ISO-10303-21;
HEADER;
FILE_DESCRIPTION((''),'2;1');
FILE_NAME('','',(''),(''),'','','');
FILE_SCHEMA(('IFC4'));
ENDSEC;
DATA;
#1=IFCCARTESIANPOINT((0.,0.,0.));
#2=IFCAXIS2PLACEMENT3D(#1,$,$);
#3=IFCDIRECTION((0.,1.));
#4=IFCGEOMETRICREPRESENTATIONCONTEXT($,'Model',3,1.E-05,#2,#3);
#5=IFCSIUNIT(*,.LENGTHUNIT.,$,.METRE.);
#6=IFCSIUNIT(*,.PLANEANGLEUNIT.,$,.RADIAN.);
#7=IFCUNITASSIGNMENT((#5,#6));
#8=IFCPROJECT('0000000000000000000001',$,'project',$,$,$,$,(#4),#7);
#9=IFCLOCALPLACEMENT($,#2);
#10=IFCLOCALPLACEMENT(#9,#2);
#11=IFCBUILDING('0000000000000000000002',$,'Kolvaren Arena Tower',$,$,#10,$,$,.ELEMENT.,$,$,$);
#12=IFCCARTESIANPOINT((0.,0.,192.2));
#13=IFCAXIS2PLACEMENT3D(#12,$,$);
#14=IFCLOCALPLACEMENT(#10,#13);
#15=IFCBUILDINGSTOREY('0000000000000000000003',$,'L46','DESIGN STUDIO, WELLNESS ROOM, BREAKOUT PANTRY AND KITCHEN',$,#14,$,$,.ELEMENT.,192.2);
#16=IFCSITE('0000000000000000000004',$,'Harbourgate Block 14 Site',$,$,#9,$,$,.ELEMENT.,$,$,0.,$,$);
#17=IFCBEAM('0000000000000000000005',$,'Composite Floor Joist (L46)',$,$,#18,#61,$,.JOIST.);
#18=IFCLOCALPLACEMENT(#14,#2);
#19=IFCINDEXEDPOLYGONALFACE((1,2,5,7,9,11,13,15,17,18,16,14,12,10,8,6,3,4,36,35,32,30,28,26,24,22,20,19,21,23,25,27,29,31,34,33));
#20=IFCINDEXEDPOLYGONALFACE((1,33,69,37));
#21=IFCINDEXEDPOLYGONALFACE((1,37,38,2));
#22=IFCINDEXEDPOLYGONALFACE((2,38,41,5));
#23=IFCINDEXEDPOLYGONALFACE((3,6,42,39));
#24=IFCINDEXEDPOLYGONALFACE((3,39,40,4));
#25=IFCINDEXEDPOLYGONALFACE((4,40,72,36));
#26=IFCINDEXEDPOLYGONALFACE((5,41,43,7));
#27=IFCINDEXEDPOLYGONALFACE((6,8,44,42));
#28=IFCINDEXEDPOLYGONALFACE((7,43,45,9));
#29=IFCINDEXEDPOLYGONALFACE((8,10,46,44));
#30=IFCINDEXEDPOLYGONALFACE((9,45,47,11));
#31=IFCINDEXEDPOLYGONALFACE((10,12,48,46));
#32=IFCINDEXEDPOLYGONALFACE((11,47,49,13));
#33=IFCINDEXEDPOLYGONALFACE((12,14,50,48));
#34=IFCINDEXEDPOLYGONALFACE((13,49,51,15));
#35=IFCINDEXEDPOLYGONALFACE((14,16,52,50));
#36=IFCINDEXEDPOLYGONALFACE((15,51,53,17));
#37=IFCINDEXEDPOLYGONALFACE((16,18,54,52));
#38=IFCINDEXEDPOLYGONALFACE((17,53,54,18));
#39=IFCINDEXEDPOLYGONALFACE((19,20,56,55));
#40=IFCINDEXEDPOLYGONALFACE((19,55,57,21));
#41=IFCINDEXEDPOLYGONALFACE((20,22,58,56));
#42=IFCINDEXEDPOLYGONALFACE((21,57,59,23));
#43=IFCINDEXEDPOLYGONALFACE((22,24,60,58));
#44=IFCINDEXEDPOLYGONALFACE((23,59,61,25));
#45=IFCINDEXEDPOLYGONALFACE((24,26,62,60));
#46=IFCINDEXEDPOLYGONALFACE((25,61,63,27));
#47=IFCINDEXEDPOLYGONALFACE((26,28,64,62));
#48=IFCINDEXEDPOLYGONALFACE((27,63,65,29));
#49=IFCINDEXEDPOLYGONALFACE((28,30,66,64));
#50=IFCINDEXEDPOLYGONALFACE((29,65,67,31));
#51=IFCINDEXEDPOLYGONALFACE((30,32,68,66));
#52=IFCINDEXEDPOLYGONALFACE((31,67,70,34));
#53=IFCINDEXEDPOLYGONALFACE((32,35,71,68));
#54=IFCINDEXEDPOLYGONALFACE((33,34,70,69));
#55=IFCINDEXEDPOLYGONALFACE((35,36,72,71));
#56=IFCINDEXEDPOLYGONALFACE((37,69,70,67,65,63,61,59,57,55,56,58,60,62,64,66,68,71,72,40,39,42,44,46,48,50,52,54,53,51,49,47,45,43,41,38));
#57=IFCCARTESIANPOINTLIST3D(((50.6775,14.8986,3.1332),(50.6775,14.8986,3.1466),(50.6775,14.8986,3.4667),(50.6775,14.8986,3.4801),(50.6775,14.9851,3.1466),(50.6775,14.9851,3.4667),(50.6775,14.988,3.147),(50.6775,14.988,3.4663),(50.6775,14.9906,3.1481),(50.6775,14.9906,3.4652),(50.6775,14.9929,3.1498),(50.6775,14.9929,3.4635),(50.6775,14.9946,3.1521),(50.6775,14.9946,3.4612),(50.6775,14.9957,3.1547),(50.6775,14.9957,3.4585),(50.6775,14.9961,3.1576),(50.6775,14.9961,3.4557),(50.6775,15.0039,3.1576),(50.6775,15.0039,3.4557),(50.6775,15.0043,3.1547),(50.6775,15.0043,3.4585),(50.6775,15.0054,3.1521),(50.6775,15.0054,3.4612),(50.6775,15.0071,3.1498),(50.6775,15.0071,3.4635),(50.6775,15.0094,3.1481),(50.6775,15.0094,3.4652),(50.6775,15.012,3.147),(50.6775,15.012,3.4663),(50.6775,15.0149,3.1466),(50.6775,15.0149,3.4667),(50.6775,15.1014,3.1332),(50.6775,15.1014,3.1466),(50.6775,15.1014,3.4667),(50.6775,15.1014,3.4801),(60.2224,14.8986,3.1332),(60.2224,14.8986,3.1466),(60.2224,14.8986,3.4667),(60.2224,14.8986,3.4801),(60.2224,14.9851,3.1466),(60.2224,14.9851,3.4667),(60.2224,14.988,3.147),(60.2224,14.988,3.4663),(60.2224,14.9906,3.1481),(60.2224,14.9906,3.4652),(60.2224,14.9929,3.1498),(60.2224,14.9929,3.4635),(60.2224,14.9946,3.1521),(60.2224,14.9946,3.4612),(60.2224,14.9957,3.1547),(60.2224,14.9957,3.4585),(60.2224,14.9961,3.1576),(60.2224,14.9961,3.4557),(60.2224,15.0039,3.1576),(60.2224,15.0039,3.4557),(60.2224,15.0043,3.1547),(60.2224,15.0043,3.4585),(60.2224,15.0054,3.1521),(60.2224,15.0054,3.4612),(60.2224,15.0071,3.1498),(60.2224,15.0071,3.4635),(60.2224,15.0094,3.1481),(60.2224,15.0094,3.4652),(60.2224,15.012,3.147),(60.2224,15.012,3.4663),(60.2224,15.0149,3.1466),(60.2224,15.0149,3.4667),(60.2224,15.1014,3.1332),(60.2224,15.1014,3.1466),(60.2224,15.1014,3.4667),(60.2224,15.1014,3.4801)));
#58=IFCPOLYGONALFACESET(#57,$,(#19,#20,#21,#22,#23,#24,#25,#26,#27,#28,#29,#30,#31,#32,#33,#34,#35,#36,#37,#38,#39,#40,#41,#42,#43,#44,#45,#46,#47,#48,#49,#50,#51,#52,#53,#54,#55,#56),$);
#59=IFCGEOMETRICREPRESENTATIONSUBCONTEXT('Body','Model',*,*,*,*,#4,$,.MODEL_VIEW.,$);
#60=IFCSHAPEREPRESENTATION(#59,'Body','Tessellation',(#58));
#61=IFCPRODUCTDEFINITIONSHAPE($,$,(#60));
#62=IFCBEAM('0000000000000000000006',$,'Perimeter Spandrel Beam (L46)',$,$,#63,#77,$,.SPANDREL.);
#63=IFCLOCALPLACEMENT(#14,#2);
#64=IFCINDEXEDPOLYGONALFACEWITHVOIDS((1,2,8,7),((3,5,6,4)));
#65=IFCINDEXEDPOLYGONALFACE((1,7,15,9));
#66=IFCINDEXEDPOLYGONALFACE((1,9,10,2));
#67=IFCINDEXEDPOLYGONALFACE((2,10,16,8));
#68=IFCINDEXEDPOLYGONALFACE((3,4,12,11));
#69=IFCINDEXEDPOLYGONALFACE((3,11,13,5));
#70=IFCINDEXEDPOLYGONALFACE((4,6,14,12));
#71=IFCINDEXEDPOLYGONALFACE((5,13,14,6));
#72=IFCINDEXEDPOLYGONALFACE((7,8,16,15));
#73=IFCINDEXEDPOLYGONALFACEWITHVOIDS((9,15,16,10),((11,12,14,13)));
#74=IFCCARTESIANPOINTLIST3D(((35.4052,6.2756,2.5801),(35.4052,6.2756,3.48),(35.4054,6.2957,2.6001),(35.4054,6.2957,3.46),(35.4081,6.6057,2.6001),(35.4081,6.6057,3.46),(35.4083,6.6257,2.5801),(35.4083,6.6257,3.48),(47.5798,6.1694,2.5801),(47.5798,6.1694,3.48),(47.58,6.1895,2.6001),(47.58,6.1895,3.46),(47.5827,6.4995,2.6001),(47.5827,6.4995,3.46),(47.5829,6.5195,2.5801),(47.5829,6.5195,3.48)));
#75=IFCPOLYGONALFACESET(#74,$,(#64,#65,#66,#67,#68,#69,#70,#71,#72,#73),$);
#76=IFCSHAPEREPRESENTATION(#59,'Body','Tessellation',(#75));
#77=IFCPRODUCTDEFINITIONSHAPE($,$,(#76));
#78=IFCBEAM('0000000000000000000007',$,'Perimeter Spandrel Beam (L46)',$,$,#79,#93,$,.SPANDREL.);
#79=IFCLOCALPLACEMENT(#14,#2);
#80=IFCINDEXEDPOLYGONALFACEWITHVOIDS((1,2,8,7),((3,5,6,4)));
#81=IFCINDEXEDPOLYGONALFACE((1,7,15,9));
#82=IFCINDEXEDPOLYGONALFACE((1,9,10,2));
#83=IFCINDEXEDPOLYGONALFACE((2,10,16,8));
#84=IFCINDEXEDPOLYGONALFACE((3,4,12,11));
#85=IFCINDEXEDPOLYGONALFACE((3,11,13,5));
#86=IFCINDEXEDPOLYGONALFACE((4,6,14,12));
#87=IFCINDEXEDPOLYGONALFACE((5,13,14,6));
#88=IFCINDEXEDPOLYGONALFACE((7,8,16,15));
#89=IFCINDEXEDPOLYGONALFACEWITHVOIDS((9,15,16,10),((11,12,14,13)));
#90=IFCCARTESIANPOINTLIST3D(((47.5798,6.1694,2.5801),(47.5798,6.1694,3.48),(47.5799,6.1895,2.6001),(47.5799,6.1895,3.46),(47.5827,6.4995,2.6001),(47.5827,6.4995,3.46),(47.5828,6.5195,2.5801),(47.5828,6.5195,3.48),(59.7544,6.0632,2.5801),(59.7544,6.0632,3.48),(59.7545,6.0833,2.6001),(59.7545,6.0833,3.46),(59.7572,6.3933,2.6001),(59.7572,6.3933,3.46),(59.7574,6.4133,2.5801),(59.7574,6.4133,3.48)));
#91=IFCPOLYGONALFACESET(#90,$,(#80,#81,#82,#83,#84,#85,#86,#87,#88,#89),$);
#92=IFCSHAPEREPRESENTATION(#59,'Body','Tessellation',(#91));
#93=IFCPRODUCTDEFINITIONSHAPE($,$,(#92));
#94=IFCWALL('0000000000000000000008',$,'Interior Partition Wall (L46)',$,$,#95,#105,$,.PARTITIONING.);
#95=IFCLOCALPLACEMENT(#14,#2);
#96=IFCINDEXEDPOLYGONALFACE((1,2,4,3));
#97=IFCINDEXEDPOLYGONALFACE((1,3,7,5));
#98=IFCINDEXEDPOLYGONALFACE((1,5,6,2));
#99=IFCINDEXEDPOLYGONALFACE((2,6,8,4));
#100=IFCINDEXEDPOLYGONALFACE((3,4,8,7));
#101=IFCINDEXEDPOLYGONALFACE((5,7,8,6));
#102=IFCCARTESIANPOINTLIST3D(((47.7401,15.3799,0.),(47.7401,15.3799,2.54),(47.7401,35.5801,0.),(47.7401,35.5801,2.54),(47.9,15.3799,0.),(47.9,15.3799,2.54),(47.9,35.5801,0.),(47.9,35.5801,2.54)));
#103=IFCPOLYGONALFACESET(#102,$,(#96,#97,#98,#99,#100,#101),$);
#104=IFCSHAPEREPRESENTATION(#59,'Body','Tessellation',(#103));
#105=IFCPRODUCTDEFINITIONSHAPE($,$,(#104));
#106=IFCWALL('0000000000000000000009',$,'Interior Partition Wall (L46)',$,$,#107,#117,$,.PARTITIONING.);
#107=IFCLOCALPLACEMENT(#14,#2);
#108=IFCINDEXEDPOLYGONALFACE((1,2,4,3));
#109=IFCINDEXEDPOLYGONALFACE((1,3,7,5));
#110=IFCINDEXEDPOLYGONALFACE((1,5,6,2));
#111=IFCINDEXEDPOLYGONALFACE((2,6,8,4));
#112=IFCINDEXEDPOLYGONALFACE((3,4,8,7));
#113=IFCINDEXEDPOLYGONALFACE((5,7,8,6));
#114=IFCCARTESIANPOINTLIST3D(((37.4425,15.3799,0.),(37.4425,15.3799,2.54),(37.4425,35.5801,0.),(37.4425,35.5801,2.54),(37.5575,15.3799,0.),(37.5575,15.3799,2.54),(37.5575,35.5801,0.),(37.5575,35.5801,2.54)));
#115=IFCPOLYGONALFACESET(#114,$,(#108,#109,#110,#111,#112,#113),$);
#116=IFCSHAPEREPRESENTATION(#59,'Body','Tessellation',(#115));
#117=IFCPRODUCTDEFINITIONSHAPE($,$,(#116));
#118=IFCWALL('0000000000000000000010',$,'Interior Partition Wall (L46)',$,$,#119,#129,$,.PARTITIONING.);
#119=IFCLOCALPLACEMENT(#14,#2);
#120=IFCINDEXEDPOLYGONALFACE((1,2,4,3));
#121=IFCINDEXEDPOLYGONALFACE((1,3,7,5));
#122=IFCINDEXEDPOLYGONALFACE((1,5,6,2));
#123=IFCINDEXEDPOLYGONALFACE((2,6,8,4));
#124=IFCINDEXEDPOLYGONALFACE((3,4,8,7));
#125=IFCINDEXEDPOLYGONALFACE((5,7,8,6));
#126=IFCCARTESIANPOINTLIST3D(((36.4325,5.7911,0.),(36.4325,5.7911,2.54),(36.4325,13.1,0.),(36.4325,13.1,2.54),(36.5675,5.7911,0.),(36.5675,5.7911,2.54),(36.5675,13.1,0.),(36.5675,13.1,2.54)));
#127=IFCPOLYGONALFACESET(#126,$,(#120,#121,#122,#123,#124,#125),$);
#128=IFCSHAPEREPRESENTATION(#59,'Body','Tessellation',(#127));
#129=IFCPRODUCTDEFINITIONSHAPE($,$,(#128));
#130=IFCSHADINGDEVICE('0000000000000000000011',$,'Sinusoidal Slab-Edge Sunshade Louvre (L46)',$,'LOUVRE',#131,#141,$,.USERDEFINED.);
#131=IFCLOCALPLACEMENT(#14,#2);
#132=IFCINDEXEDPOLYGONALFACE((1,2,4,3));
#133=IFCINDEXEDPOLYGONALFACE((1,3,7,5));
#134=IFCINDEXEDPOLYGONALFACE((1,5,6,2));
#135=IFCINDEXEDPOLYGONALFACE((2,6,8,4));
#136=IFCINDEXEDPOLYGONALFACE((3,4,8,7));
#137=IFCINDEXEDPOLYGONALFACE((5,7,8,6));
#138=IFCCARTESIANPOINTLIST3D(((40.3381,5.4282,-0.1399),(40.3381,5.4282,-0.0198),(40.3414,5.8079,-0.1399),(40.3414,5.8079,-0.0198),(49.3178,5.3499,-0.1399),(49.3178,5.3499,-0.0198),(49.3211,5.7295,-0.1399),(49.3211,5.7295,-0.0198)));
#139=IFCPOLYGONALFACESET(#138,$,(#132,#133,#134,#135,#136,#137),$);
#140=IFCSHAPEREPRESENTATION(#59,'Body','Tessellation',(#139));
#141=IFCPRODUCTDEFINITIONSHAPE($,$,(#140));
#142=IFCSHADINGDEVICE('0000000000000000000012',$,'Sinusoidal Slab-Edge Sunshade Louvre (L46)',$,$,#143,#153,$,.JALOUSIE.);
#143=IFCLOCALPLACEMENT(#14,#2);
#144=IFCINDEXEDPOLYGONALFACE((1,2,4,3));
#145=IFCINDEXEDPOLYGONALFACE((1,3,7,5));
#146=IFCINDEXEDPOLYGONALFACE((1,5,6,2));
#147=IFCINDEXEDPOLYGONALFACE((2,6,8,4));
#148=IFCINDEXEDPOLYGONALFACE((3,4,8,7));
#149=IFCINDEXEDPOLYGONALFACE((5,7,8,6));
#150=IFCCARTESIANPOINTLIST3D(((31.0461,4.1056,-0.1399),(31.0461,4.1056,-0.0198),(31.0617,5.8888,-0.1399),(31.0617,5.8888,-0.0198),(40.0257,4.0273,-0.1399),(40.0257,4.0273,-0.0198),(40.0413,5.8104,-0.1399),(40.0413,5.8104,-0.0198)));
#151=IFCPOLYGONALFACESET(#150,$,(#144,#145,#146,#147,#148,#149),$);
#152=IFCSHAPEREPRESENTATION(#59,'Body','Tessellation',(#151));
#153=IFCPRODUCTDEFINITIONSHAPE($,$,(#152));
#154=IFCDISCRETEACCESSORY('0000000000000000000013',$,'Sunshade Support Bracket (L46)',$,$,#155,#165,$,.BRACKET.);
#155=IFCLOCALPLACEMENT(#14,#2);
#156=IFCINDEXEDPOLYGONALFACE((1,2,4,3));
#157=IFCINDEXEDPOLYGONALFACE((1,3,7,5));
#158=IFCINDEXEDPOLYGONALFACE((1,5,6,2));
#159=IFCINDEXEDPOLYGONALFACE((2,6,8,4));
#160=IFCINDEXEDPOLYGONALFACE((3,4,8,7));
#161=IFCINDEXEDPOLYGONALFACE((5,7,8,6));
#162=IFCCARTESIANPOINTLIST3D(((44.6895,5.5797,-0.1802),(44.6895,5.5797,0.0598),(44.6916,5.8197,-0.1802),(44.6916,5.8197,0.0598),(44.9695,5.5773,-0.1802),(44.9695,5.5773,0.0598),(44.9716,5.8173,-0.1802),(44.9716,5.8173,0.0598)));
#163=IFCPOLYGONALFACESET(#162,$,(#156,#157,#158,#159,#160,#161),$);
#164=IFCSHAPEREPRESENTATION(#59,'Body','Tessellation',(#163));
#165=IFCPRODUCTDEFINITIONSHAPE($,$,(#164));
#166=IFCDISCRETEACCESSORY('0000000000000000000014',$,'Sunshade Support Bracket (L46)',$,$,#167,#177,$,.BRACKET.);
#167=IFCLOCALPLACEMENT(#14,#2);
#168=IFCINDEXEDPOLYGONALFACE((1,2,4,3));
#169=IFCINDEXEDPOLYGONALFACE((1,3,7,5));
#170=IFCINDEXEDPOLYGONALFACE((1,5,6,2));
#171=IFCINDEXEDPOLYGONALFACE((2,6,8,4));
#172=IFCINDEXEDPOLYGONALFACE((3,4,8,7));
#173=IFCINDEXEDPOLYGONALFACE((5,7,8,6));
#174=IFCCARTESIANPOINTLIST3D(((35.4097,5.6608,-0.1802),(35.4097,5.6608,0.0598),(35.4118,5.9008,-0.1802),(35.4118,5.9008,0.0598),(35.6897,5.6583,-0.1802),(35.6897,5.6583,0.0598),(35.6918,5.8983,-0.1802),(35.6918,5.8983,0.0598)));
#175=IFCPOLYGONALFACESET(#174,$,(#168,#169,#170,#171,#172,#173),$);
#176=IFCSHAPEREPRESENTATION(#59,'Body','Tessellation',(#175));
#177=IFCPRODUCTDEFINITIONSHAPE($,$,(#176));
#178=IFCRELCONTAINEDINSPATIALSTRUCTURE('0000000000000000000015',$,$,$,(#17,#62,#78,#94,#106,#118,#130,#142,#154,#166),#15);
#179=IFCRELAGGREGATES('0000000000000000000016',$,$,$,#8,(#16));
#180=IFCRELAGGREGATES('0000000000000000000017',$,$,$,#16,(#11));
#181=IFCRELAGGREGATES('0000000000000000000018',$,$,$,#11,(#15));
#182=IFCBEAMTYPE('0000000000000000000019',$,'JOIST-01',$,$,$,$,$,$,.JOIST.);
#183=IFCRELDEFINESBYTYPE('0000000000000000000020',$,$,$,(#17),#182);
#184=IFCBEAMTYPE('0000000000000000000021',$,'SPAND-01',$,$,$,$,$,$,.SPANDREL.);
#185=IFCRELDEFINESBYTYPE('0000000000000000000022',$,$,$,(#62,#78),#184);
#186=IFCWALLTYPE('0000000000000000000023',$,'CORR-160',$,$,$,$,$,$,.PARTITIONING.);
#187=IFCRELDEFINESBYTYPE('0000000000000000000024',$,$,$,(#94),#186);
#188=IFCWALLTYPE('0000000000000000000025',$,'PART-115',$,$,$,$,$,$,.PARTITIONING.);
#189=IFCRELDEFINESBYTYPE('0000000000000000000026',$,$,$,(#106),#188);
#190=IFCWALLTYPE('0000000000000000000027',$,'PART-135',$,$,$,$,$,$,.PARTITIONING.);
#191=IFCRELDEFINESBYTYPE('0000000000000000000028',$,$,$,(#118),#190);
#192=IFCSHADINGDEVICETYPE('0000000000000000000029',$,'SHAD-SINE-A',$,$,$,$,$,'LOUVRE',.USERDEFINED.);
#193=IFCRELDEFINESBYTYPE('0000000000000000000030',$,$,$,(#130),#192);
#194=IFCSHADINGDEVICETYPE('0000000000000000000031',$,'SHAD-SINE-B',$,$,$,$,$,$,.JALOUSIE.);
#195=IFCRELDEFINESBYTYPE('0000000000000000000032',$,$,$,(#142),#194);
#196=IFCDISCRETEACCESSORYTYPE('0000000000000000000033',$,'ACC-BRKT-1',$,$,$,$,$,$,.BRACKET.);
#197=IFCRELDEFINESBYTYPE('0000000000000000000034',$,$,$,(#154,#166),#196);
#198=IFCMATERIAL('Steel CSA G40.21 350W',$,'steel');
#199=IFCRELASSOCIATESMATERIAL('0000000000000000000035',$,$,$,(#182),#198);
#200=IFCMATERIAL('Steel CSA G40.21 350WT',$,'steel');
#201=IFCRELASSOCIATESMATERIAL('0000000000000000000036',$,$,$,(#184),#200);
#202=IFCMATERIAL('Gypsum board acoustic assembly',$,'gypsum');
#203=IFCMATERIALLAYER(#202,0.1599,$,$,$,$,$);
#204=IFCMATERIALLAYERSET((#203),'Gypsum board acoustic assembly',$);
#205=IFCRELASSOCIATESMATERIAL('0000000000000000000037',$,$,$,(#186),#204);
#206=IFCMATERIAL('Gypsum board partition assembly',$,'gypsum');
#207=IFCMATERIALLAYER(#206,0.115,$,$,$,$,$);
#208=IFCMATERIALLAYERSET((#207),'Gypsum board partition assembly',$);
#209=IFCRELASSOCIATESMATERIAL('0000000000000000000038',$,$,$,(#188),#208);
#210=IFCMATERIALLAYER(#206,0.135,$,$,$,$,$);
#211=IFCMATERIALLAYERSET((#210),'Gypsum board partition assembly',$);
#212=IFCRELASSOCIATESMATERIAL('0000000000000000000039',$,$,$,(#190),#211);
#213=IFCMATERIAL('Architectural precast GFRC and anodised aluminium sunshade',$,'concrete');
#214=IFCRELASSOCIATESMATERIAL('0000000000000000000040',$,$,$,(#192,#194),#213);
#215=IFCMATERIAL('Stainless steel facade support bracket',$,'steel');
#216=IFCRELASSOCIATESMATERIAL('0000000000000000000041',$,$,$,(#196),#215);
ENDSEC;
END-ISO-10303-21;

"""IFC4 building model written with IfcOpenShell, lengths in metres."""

from ifc_helpers import new_model, si_unit, direction, frame, frame_2d, origin, origin_2d, place, context, subcontext, project, spatial, rectangle, hollow_rectangle, i_section, extrude, material, layer, layer_set, material_profile, profile_set, type_object, element, save


model = new_model("IFC4")

# Units and contexts
model_context = context("Model", 3, precision=1e-05, world=origin(), true_north=direction((0.0, 1.0)))
body_context = subcontext(model_context, "Body", "Model", "MODEL_VIEW")
ifc_project = project(units=[si_unit("LENGTHUNIT", "METRE"), si_unit("PLANEANGLEUNIT", "RADIAN")], contexts=[model_context])

# Site, building, storey
site_placement = place(None, origin())
site = spatial("IfcSite", under=ifc_project, at=site_placement, Name="Harbourgate Block 14 Site", CompositionType="ELEMENT", RefElevation=0.0)
building_placement = place(site_placement, origin())
building = spatial("IfcBuilding", under=site, at=building_placement, Name="Kolvaren Arena Tower", CompositionType="ELEMENT")
storey_placement = place(building_placement, frame((0.0, 0.0, 192.2)))
storey = spatial("IfcBuildingStorey", under=building, at=storey_placement, Name="L46", Description="DESIGN STUDIO, WELLNESS ROOM, BREAKOUT PANTRY AND KITCHEN", CompositionType="ELEMENT", Elevation=192.2)

# Beams
ifc_material_1 = material(Name="Steel CSA G40.21 350W", Category="steel")
ifc_material_profile_1 = material_profile(ifc_material_1, i_section(OverallWidth=0.2029, OverallDepth=0.3469, WebThickness=0.0078, FlangeThickness=0.0134, FilletRadius=0.011, at=origin_2d()), Name="W360x64")
ifc_profile_set_1 = profile_set([ifc_material_profile_1], Name="Steel CSA G40.21 350W")
beam_type_1 = type_object("IfcBeamType", Name="JOIST-01", PredefinedType="JOIST", material=ifc_profile_set_1)
beam_1_placement = place(storey_placement, frame((50.6775, 15.0, 3.3066), z_axis=(1.0, 0.0, 0.0), x_axis=(0.0, 1.0, 0.0)))
element("IfcBeam", 1, at=beam_1_placement, inside=storey, type_object=beam_type_1, Name="Composite Floor Joist (L46)", PredefinedType="JOIST", context=body_context, shape_type="SweptSolid", body=[
    extrude(i_section(OverallWidth=0.2029, OverallDepth=0.3469, WebThickness=0.0078, FlangeThickness=0.0134, FilletRadius=0.011, at=origin_2d()), origin(), (0.0, 0.0, 1.0), 9.5449),
])
ifc_material_2 = material(Name="Steel CSA G40.21 350WT", Category="steel")
ifc_material_profile_2 = material_profile(ifc_material_2, hollow_rectangle(XDim=0.3501, YDim=0.8999, WallThickness=0.02, at=origin_2d()), Name="HSS 900x350x20")
ifc_profile_set_2 = profile_set([ifc_material_profile_2], Name="Steel CSA G40.21 350WT")
beam_type_2 = type_object("IfcBeamType", Name="SPAND-01", PredefinedType="SPANDREL", material=ifc_profile_set_2)
for number, where, z_axis, x_axis, name in (
    (2, (35.4067, 6.4507, 3.03), (0.999962, -0.008723, 0.0), (0.008723, 0.999962, 0.0), "Perimeter Spandrel Beam (L46)"),
    (3, (47.5813, 6.3445, 3.03), (0.999962, -0.008723, 0.0), (0.008723, 0.999962, 0.0), "Perimeter Spandrel Beam (L46)"),
):
    element("IfcBeam", number, at=place(storey_placement, frame(where, z_axis=z_axis, x_axis=x_axis)), inside=storey, type_object=beam_type_2, Name=name, PredefinedType="SPANDREL", context=body_context, shape_type="SweptSolid", body=[
        extrude(hollow_rectangle(XDim=0.3501, YDim=0.8999, WallThickness=0.02, at=origin_2d()), origin(), (0.0, 0.0, 1.0), 12.175),
    ])

# Walls
ifc_material_3 = material(Name="Gypsum board acoustic assembly", Category="gypsum")
ifc_layer_1 = layer(ifc_material_3, 0.1599)
ifc_layer_set_1 = layer_set([ifc_layer_1], Name="Gypsum board acoustic assembly")
wall_type_1 = type_object("IfcWallType", Name="CORR-160", PredefinedType="PARTITIONING", material=ifc_layer_set_1)
wall_1_placement = place(storey_placement, frame((47.8201, 15.3799, 0.0), z_axis=(0.0, 0.0, 1.0), x_axis=(0.0, 1.0, 0.0)))
element("IfcWall", 4, at=wall_1_placement, inside=storey, type_object=wall_type_1, Name="Interior Partition Wall (L46)", PredefinedType="PARTITIONING", context=body_context, shape_type="SweptSolid", body=[
    extrude(rectangle(XDim=20.2002, YDim=0.1599, at=frame_2d((10.1001, 0.0))), origin(), (0.0, 0.0, 1.0), 2.54),
])
ifc_material_4 = material(Name="Gypsum board partition assembly", Category="gypsum")
ifc_layer_2 = layer(ifc_material_4, 0.115)
ifc_layer_set_2 = layer_set([ifc_layer_2], Name="Gypsum board partition assembly")
wall_type_2 = type_object("IfcWallType", Name="PART-115", PredefinedType="PARTITIONING", material=ifc_layer_set_2)
wall_2_placement = place(storey_placement, frame((37.5, 15.3799, 0.0), z_axis=(0.0, 0.0, 1.0), x_axis=(0.0, 1.0, 0.0)))
element("IfcWall", 5, at=wall_2_placement, inside=storey, type_object=wall_type_2, Name="Interior Partition Wall (L46)", PredefinedType="PARTITIONING", context=body_context, shape_type="SweptSolid", body=[
    extrude(rectangle(XDim=20.2002, YDim=0.115, at=frame_2d((10.1001, 0.0))), origin(), (0.0, 0.0, 1.0), 2.54),
])
ifc_layer_3 = layer(ifc_material_4, 0.135)
ifc_layer_set_3 = layer_set([ifc_layer_3], Name="Gypsum board partition assembly")
wall_type_3 = type_object("IfcWallType", Name="PART-135", PredefinedType="PARTITIONING", material=ifc_layer_set_3)
wall_3_placement = place(storey_placement, frame((36.5, 5.7913, 0.0), z_axis=(0.0, 0.0, 1.0), x_axis=(0.0, 1.0, 0.0)))
element("IfcWall", 6, at=wall_3_placement, inside=storey, type_object=wall_type_3, Name="Interior Partition Wall (L46)", PredefinedType="PARTITIONING", context=body_context, shape_type="SweptSolid", body=[
    extrude(rectangle(XDim=7.3088, YDim=0.135, at=frame_2d((3.6543, 0.0))), origin(), (0.0, 0.0, 1.0), 2.54),
])

# Shading devices
ifc_material_5 = material(Name="Architectural precast GFRC and anodised aluminium sunshade", Category="concrete")
shading_device_type_1 = type_object("IfcShadingDeviceType", Name="SHAD-SINE-A", ElementType="LOUVRE", PredefinedType="USERDEFINED", material=ifc_material_5)
shading_device_1_placement = place(storey_placement, frame((44.8296, 5.5789, -0.1399), z_axis=(0.0, 0.0, 1.0), x_axis=(-0.999962, 0.008727, 0.0)))
element("IfcShadingDevice", 7, at=shading_device_1_placement, inside=storey, type_object=shading_device_type_1, Name="Sinusoidal Slab-Edge Sunshade Louvre (L46)", ObjectType="LOUVRE", PredefinedType="USERDEFINED", context=body_context, shape_type="SweptSolid", body=[
    extrude(rectangle(XDim=8.98, YDim=0.3796, at=origin_2d()), origin(), (0.0, 0.0, 1.0), 0.1201),
])
shading_device_type_2 = type_object("IfcShadingDeviceType", Name="SHAD-SINE-B", PredefinedType="JALOUSIE", material=ifc_material_5)
shading_device_2_placement = place(storey_placement, frame((35.5437, 4.958, -0.1399), z_axis=(0.0, 0.0, 1.0), x_axis=(-0.999962, 0.008727, 0.0)))
element("IfcShadingDevice", 8, at=shading_device_2_placement, inside=storey, type_object=shading_device_type_2, Name="Sinusoidal Slab-Edge Sunshade Louvre (L46)", PredefinedType="JALOUSIE", context=body_context, shape_type="SweptSolid", body=[
    extrude(rectangle(XDim=8.98, YDim=1.7832, at=origin_2d()), origin(), (0.0, 0.0, 1.0), 0.1201),
])

# Discrete accessories
ifc_material_6 = material(Name="Stainless steel facade support bracket", Category="steel")
discrete_accessory_type = type_object("IfcDiscreteAccessoryType", Name="ACC-BRKT-1", PredefinedType="BRACKET", material=ifc_material_6)
for number, where, z_axis, x_axis, name in (
    (9, (44.8306, 5.6985, -0.1802), (0.0, 0.0, 1.0), (-0.999962, 0.008727, 0.0), "Sunshade Support Bracket (L46)"),
    (10, (35.5508, 5.7795, -0.1802), (0.0, 0.0, 1.0), (-0.999962, 0.008727, 0.0), "Sunshade Support Bracket (L46)"),
):
    element("IfcDiscreteAccessory", number, at=place(storey_placement, frame(where, z_axis=z_axis, x_axis=x_axis)), inside=storey, type_object=discrete_accessory_type, Name=name, PredefinedType="BRACKET", context=body_context, shape_type="SweptSolid", body=[
        extrude(rectangle(XDim=0.28, YDim=0.24, at=origin_2d()), origin(), (0.0, 0.0, 1.0), 0.24),
    ])

save(model, "model.ifc")
